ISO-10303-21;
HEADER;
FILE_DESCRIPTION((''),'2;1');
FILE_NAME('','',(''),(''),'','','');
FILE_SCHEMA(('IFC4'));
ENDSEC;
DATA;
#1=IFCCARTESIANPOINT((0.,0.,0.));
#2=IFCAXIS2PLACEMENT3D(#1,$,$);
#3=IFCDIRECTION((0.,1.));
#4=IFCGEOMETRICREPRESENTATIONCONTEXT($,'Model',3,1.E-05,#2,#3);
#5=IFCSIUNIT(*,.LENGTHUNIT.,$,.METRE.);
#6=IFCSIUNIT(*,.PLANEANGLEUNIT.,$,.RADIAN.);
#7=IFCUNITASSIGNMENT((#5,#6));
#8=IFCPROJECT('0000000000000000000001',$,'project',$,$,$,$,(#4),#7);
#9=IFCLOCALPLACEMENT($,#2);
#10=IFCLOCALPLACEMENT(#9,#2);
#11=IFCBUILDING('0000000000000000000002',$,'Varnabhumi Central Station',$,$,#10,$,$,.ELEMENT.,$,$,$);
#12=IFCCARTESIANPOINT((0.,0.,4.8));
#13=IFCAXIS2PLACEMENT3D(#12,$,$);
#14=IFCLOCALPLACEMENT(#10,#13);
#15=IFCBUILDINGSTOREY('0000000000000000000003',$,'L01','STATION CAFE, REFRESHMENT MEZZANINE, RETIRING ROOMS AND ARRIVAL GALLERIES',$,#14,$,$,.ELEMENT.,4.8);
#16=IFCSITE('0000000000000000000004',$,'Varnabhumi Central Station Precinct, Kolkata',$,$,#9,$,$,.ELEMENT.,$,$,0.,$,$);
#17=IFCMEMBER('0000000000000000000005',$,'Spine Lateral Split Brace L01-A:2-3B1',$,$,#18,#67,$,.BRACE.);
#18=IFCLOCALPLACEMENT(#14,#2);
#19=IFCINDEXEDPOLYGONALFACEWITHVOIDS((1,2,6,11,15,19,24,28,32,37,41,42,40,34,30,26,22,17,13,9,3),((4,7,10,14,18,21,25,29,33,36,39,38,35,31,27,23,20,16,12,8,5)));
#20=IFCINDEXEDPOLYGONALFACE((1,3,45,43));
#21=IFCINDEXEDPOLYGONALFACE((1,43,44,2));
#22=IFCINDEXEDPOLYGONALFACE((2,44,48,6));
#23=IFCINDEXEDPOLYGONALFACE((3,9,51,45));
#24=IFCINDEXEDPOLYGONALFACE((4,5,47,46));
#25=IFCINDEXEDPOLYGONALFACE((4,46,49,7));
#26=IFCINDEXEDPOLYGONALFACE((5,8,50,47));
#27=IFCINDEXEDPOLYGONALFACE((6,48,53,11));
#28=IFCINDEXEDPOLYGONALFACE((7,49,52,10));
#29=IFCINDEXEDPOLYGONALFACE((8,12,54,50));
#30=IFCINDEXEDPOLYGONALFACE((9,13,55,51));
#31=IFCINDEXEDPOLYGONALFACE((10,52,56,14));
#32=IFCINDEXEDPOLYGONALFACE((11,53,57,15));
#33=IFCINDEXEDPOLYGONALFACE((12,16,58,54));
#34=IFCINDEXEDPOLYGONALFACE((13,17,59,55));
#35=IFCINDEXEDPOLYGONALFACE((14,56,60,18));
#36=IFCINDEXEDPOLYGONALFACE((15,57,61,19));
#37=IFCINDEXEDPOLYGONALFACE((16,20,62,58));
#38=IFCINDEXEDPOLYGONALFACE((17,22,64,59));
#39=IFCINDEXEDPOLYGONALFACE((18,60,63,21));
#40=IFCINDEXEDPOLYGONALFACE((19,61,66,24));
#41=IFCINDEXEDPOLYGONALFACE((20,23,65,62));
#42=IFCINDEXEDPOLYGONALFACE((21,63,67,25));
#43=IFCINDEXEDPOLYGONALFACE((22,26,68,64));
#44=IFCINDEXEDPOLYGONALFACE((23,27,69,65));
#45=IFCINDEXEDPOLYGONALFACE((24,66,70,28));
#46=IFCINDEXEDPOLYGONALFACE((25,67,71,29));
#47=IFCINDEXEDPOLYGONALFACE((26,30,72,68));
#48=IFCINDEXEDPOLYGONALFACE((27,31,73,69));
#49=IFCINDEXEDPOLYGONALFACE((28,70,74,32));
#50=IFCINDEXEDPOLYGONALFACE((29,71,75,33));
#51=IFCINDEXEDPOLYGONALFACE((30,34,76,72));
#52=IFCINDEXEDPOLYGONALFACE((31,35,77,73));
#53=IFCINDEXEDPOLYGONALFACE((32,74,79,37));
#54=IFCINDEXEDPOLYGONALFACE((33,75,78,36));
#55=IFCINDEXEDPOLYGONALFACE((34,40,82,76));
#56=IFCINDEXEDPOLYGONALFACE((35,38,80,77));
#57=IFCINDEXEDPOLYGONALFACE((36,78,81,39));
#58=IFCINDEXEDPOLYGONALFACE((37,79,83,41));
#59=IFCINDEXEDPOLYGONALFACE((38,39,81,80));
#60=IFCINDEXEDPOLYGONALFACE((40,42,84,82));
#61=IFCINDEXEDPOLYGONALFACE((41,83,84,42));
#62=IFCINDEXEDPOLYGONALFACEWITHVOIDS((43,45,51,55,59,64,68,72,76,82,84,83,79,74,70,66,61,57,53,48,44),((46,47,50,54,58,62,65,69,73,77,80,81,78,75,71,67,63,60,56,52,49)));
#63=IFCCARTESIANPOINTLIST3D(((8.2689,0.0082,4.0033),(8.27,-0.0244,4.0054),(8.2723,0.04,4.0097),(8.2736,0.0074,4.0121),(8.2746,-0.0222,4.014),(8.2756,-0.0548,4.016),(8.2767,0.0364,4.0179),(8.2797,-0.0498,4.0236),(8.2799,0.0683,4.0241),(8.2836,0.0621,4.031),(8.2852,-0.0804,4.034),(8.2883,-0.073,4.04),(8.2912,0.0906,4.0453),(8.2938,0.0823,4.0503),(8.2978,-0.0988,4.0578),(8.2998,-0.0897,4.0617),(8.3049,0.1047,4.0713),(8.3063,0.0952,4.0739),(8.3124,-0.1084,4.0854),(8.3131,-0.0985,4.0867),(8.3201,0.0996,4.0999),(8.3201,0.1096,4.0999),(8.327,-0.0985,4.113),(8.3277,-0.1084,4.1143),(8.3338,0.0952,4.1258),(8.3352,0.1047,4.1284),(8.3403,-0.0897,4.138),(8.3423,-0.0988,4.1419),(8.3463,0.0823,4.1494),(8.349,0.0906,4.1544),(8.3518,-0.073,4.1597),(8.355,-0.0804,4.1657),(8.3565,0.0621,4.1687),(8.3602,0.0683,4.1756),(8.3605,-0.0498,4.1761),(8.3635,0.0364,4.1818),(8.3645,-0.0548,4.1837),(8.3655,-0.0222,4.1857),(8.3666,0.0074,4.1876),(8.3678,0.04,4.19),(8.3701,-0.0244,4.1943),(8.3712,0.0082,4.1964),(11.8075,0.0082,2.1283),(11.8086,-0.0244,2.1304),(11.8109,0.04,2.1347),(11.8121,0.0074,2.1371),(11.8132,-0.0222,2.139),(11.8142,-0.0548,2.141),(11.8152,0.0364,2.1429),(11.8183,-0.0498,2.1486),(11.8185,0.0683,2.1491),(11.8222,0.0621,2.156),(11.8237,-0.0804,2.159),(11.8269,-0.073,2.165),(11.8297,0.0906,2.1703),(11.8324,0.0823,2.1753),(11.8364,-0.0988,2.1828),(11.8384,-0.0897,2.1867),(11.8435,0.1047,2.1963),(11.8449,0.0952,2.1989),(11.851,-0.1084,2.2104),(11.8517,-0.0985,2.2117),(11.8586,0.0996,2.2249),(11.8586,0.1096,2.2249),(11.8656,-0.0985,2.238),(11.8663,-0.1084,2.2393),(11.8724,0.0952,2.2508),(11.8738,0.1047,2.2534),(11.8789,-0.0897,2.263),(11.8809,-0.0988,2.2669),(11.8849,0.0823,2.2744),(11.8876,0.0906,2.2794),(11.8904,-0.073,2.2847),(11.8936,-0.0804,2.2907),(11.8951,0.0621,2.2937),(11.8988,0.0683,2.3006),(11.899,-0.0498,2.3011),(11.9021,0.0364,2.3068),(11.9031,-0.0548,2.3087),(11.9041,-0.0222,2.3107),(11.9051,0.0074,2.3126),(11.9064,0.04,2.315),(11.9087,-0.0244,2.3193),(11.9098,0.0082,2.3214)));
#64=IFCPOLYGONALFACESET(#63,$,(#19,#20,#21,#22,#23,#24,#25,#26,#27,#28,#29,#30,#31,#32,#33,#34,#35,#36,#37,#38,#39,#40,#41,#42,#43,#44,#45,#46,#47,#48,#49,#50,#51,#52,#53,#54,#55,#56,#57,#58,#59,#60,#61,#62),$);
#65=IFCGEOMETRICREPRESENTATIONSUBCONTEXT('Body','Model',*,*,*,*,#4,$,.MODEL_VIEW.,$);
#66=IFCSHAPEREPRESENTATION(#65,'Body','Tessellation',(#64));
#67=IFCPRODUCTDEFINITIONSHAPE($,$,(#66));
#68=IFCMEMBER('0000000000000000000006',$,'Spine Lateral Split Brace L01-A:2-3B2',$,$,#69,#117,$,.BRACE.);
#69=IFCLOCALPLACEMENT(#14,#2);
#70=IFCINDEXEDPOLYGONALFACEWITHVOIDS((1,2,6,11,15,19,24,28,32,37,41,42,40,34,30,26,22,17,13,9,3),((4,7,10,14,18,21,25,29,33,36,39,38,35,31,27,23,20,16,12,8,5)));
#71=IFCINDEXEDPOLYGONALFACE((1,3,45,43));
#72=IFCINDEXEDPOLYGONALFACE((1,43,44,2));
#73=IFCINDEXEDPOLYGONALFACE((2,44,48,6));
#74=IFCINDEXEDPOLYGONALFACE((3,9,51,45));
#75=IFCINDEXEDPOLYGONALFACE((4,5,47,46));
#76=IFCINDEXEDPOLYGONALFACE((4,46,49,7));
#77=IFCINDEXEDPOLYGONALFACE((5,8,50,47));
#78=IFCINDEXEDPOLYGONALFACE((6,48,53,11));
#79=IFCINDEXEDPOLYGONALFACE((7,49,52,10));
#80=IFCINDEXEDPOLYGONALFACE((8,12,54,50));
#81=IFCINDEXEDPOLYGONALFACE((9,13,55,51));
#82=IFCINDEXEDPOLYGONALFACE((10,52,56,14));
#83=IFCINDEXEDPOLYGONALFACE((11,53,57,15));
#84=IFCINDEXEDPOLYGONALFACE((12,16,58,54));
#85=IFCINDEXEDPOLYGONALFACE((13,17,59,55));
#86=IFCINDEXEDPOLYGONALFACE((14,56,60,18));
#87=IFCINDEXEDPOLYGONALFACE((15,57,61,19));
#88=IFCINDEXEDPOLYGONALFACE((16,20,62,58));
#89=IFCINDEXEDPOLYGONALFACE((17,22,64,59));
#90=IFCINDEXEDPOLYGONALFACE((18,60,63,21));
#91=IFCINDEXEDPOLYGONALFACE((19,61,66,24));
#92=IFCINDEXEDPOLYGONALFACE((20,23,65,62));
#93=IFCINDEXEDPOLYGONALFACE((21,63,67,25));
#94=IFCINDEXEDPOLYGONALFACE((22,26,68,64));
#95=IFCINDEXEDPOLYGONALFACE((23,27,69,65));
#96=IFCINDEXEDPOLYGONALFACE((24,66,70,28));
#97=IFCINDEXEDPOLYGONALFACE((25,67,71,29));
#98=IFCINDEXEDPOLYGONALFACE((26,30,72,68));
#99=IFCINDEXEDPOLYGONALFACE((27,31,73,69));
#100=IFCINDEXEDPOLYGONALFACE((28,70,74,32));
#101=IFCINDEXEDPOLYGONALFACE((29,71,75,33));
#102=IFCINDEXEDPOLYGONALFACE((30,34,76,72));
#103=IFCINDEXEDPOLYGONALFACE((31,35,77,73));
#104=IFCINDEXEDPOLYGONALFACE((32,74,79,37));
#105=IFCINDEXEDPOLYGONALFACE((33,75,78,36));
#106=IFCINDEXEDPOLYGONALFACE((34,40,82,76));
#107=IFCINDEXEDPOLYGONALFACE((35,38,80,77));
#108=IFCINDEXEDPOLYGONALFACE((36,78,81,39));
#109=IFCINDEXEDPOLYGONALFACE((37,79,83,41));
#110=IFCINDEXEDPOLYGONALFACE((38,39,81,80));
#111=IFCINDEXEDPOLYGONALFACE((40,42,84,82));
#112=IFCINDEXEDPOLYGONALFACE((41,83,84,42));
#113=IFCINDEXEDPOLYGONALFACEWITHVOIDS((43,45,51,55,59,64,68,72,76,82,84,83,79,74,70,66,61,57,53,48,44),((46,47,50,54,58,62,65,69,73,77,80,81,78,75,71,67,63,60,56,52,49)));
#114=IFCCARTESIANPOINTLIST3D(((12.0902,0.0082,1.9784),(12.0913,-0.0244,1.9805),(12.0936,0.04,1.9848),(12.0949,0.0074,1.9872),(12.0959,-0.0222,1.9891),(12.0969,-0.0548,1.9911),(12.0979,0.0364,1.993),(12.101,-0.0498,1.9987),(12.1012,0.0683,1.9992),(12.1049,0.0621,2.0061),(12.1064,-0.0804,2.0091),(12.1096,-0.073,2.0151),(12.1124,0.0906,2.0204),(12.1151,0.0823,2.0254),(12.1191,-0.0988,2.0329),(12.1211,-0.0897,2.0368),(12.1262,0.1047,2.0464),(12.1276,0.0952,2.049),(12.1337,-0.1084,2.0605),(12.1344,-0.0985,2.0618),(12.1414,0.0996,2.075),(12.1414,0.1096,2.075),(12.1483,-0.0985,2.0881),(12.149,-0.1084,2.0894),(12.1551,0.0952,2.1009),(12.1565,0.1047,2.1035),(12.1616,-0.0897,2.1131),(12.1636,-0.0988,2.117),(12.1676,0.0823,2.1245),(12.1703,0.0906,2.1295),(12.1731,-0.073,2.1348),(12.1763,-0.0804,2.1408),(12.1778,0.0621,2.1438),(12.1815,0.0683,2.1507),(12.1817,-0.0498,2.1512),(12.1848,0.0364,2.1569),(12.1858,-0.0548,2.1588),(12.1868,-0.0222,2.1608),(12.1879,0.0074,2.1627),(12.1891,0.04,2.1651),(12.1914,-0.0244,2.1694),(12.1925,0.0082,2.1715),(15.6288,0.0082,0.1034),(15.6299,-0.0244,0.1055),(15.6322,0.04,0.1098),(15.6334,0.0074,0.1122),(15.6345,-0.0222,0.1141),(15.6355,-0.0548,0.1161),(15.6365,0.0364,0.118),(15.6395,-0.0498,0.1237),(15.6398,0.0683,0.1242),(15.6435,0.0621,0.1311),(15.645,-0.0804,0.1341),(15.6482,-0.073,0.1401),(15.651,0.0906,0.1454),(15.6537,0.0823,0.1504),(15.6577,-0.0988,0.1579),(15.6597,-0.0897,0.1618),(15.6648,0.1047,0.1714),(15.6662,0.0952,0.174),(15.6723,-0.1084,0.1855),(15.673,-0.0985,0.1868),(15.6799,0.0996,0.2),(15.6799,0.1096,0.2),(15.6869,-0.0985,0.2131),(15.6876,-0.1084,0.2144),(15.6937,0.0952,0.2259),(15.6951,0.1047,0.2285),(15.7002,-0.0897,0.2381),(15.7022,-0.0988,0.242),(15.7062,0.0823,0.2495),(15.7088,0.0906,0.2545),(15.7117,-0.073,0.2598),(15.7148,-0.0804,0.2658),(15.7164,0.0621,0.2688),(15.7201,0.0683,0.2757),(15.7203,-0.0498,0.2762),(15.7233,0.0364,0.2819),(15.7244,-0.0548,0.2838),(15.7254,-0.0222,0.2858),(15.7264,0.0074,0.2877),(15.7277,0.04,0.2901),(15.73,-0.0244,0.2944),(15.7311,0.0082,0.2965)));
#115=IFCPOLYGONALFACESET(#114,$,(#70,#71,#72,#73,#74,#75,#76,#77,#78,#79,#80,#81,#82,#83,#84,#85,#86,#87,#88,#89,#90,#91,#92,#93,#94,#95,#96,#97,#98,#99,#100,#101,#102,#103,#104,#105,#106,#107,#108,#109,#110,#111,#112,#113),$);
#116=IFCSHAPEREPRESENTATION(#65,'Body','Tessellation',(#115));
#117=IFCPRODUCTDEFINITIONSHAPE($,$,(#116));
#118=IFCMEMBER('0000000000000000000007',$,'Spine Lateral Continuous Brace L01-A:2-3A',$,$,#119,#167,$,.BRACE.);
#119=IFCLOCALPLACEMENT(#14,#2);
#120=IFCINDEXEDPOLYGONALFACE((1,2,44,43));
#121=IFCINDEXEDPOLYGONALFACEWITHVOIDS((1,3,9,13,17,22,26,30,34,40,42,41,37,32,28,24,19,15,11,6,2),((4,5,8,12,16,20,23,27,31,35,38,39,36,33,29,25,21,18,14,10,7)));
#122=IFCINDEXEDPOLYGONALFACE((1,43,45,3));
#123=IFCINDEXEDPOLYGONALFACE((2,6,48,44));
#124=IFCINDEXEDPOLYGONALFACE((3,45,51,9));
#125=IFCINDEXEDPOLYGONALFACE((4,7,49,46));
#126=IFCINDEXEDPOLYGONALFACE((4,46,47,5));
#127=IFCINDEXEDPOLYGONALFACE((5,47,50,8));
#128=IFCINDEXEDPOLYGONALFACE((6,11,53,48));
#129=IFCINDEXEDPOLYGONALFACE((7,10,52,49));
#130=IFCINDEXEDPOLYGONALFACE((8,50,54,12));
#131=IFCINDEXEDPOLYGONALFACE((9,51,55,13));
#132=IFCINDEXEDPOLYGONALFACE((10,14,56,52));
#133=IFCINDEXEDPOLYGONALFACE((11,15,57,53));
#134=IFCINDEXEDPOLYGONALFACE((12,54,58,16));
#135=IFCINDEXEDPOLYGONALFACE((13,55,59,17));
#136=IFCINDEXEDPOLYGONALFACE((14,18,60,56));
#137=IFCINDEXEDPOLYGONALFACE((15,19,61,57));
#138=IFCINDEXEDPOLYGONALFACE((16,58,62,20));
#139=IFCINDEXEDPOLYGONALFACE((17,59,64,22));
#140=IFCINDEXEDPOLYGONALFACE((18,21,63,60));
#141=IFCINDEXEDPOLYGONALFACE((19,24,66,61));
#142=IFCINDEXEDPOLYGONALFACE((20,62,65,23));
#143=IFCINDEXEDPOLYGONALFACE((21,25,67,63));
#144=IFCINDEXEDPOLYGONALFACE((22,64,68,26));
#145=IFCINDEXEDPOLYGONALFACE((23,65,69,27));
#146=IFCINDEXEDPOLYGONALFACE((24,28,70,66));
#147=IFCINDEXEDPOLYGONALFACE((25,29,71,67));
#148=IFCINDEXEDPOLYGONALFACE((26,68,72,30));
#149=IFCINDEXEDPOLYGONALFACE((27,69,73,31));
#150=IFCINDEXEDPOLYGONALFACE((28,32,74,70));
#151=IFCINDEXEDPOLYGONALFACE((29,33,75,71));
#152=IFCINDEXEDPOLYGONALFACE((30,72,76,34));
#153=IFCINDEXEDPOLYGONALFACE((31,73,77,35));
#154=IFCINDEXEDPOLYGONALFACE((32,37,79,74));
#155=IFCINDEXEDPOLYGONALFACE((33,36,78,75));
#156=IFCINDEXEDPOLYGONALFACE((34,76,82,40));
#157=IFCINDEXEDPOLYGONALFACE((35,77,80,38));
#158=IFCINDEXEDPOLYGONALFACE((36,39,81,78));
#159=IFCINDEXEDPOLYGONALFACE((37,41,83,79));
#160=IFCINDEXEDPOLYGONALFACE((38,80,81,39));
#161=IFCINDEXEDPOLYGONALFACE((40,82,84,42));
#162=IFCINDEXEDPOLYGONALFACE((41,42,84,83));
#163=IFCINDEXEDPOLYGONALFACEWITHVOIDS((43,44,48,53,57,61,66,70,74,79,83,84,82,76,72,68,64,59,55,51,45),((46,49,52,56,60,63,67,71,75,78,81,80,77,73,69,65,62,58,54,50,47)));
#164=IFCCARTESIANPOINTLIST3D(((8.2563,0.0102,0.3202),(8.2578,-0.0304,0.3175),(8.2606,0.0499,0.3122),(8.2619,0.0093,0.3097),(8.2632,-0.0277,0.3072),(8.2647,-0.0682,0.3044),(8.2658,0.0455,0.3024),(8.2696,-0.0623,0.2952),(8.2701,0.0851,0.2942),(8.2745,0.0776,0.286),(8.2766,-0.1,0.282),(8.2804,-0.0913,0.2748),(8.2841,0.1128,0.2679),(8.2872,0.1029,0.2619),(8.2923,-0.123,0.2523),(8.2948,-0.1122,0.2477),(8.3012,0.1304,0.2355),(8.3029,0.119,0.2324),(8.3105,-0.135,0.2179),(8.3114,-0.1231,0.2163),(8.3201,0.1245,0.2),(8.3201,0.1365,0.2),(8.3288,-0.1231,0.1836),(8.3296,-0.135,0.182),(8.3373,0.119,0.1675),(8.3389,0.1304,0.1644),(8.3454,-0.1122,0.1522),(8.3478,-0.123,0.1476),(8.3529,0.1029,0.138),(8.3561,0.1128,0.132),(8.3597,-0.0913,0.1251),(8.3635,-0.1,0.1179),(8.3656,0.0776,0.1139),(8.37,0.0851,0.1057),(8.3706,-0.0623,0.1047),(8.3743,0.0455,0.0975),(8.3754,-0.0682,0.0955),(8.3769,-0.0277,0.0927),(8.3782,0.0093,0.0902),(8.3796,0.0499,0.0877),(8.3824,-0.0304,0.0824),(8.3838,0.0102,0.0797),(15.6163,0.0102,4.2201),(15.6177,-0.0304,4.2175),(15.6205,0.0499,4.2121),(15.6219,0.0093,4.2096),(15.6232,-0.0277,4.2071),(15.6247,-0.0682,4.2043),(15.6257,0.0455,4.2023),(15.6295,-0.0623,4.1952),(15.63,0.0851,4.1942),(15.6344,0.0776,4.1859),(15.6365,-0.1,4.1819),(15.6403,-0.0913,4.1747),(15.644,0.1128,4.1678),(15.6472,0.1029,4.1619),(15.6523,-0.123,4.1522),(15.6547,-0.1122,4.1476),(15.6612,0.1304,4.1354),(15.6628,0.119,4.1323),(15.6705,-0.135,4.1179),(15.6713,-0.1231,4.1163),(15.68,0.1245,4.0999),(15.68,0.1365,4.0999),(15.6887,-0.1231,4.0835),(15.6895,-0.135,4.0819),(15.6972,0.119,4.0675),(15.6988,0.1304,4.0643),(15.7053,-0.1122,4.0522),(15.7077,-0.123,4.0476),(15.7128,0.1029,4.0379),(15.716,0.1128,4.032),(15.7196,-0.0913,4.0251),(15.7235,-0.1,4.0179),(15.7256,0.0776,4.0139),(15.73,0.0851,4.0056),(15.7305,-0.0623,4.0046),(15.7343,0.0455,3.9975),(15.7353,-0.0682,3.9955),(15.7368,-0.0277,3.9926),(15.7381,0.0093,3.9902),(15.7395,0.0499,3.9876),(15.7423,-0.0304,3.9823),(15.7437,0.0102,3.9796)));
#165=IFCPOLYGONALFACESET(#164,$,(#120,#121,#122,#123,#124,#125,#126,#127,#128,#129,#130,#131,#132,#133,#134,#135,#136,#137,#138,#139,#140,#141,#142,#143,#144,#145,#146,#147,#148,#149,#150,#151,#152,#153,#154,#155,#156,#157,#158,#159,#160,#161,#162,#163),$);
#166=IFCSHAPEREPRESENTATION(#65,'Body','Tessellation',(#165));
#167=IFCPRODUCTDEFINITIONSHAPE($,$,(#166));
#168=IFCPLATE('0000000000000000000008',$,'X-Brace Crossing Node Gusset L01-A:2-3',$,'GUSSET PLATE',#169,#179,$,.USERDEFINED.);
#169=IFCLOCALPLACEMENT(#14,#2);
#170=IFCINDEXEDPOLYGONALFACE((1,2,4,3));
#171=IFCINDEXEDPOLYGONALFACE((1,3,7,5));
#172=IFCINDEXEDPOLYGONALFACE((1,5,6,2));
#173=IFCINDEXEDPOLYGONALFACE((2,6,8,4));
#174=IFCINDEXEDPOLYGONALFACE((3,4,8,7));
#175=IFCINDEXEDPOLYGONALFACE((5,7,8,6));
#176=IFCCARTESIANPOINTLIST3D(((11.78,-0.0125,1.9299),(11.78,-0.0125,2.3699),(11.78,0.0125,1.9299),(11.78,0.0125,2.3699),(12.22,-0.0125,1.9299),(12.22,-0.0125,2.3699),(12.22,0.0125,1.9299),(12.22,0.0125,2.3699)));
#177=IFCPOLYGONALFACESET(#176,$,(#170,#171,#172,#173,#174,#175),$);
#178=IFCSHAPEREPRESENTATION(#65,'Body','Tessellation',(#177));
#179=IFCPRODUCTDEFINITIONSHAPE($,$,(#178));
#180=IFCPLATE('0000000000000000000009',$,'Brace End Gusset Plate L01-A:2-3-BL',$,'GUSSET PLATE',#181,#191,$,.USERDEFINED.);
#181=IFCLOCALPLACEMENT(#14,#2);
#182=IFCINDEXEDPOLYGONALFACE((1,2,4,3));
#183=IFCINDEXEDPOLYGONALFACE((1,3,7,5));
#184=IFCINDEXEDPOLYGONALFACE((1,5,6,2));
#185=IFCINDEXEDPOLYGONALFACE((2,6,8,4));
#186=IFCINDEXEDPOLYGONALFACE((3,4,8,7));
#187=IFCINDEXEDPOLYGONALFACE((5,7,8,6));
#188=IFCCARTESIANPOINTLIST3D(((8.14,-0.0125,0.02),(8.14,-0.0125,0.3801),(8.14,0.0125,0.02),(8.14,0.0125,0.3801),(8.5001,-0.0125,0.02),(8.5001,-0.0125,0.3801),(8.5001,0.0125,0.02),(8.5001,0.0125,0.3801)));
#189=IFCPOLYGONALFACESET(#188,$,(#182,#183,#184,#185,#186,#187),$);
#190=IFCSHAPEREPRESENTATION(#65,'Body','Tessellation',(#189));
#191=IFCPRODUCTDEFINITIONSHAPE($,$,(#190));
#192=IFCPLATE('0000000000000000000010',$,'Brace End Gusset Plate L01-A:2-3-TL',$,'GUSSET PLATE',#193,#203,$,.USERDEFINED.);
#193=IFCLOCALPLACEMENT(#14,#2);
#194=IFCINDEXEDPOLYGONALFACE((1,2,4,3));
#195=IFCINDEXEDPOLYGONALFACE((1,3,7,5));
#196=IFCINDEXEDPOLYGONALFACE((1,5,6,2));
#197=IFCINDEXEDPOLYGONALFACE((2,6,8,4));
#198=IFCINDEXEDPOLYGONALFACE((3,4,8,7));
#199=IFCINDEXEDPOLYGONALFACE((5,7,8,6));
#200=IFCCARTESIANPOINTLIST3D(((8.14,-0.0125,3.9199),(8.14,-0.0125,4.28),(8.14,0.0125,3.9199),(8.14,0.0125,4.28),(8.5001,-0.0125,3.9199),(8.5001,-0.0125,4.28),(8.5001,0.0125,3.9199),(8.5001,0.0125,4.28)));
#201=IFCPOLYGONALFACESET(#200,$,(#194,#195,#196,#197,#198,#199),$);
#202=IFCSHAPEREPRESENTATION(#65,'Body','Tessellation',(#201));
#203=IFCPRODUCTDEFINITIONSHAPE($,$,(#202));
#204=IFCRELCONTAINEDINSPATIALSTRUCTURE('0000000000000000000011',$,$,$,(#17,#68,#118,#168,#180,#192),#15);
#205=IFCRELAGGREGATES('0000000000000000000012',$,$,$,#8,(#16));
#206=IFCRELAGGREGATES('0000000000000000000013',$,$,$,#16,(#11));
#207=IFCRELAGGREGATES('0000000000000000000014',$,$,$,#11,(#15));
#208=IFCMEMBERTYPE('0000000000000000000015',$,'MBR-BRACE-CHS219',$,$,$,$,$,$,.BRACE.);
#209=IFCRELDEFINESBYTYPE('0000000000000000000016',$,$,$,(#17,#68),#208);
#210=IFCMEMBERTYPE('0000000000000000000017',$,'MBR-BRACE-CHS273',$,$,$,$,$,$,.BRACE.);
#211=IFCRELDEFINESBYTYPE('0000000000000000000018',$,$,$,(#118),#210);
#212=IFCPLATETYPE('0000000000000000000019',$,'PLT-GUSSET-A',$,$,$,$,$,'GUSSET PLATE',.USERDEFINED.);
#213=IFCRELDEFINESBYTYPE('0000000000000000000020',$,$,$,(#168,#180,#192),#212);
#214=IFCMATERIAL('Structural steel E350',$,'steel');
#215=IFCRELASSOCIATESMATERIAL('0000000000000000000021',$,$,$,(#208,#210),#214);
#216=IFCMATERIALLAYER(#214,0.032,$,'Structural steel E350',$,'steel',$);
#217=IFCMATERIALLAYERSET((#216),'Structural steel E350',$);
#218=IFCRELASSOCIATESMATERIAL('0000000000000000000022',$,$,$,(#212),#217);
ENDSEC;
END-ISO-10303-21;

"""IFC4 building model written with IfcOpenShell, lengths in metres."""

from ifc_helpers import new_model, si_unit, direction, frame, origin, origin_2d, place, context, subcontext, project, spatial, rectangle, hollow_circle, extrude, material, layer, layer_set, material_profile, profile_set, type_object, element, save


model = new_model("IFC4")

# Units and contexts
model_context = context("Model", 3, precision=1e-05, world=origin(), true_north=direction((0.0, 1.0)))
body_context = subcontext(model_context, "Body", "Model", "MODEL_VIEW")
ifc_project = project(units=[si_unit("LENGTHUNIT", "METRE"), si_unit("PLANEANGLEUNIT", "RADIAN")], contexts=[model_context])

# Site, building, storey
site_placement = place(None, origin())
site = spatial("IfcSite", under=ifc_project, at=site_placement, Name="Varnabhumi Central Station Precinct, Kolkata", CompositionType="ELEMENT", RefElevation=0.0)
building_placement = place(site_placement, origin())
building = spatial("IfcBuilding", under=site, at=building_placement, Name="Varnabhumi Central Station", CompositionType="ELEMENT")
storey_placement = place(building_placement, frame((0.0, 0.0, 4.8)))
storey = spatial("IfcBuildingStorey", under=building, at=storey_placement, Name="L01", Description="STATION CAFE, REFRESHMENT MEZZANINE, RETIRING ROOMS AND ARRIVAL GALLERIES", CompositionType="ELEMENT", Elevation=4.8)

# Shared definitions
ifc_material_1 = material(Name="Structural steel E350", Category="steel")

# Members
ifc_material_profile_1 = material_profile(ifc_material_1, hollow_circle(Radius=0.1096, WallThickness=0.01, at=origin_2d()), Name="Structural steel E350", Category="steel")
ifc_profile_set_1 = profile_set([ifc_material_profile_1], Name="Structural steel E350")
member_type_1 = type_object("IfcMemberType", Name="MBR-BRACE-CHS219", PredefinedType="BRACE", material=ifc_profile_set_1)
for number, where, z_axis, x_axis, name in (
    (1, (8.3201, 0.0, 4.0999), (0.883619, 0.0, -0.468207), (0.0, 1.0, 0.0), "Spine Lateral Split Brace L01-A:2-3B1"),
    (2, (12.1414, 0.0, 2.075), (0.883619, 0.0, -0.468207), (0.0, 1.0, 0.0), "Spine Lateral Split Brace L01-A:2-3B2"),
):
    element("IfcMember", number, at=place(storey_placement, frame(where, z_axis=z_axis, x_axis=x_axis)), inside=storey, type_object=member_type_1, Name=name, PredefinedType="BRACE", context=body_context, shape_type="SweptSolid", body=[
        extrude(hollow_circle(Radius=0.1096, WallThickness=0.01, at=origin_2d()), origin(), (0.0, 0.0, 1.0), 4.0046),
    ])
ifc_material_profile_2 = material_profile(ifc_material_1, hollow_circle(Radius=0.1365, WallThickness=0.012, at=origin_2d()), Name="Structural steel E350", Category="steel")
ifc_profile_set_2 = profile_set([ifc_material_profile_2], Name="Structural steel E350")
member_type_2 = type_object("IfcMemberType", Name="MBR-BRACE-CHS273", PredefinedType="BRACE", material=ifc_profile_set_2)
member_placement = place(storey_placement, frame((8.3201, 0.0, 0.2), z_axis=(0.883614, 0.0, 0.468216), x_axis=(0.0, 1.0, 0.0)))
element("IfcMember", 3, at=member_placement, inside=storey, type_object=member_type_2, Name="Spine Lateral Continuous Brace L01-A:2-3A", PredefinedType="BRACE", context=body_context, shape_type="SweptSolid", body=[
    extrude(hollow_circle(Radius=0.1365, WallThickness=0.012, at=origin_2d()), origin(), (0.0, 0.0, 1.0), 8.3293),
])

# Plates
ifc_layer_1 = layer(ifc_material_1, 0.032, Name="Structural steel E350", Category="steel")
ifc_layer_set_1 = layer_set([ifc_layer_1], Name="Structural steel E350")
plate_type = type_object("IfcPlateType", Name="PLT-GUSSET-A", ElementType="GUSSET PLATE", PredefinedType="USERDEFINED", material=ifc_layer_set_1)
plate_placement = place(storey_placement, frame((12.0, 0.0, 1.9299), z_axis=(0.0, 0.0, 1.0), x_axis=(1.0, 0.0, 0.0)))
element("IfcPlate", 4, at=plate_placement, inside=storey, type_object=plate_type, Name="X-Brace Crossing Node Gusset L01-A:2-3", ObjectType="GUSSET PLATE", PredefinedType="USERDEFINED", context=body_context, shape_type="SweptSolid", body=[
    extrude(rectangle(XDim=0.4399, YDim=0.0249, at=origin_2d()), origin(), (0.0, 0.0, 1.0), 0.4399),
])
for number, where, z_axis, x_axis, name in (
    (5, (8.3201, 0.0, 0.02), (0.0, 0.0, 1.0), (1.0, 0.0, 0.0), "Brace End Gusset Plate L01-A:2-3-BL"),
    (6, (8.3201, 0.0, 3.9199), (0.0, 0.0, 1.0), (1.0, 0.0, 0.0), "Brace End Gusset Plate L01-A:2-3-TL"),
):
    element("IfcPlate", number, at=place(storey_placement, frame(where, z_axis=z_axis, x_axis=x_axis)), inside=storey, type_object=plate_type, Name=name, ObjectType="GUSSET PLATE", PredefinedType="USERDEFINED", context=body_context, shape_type="SweptSolid", body=[
        extrude(rectangle(XDim=0.3601, YDim=0.0249, at=origin_2d()), origin(), (0.0, 0.0, 1.0), 0.3601),
    ])

save(model, "model.ifc")
